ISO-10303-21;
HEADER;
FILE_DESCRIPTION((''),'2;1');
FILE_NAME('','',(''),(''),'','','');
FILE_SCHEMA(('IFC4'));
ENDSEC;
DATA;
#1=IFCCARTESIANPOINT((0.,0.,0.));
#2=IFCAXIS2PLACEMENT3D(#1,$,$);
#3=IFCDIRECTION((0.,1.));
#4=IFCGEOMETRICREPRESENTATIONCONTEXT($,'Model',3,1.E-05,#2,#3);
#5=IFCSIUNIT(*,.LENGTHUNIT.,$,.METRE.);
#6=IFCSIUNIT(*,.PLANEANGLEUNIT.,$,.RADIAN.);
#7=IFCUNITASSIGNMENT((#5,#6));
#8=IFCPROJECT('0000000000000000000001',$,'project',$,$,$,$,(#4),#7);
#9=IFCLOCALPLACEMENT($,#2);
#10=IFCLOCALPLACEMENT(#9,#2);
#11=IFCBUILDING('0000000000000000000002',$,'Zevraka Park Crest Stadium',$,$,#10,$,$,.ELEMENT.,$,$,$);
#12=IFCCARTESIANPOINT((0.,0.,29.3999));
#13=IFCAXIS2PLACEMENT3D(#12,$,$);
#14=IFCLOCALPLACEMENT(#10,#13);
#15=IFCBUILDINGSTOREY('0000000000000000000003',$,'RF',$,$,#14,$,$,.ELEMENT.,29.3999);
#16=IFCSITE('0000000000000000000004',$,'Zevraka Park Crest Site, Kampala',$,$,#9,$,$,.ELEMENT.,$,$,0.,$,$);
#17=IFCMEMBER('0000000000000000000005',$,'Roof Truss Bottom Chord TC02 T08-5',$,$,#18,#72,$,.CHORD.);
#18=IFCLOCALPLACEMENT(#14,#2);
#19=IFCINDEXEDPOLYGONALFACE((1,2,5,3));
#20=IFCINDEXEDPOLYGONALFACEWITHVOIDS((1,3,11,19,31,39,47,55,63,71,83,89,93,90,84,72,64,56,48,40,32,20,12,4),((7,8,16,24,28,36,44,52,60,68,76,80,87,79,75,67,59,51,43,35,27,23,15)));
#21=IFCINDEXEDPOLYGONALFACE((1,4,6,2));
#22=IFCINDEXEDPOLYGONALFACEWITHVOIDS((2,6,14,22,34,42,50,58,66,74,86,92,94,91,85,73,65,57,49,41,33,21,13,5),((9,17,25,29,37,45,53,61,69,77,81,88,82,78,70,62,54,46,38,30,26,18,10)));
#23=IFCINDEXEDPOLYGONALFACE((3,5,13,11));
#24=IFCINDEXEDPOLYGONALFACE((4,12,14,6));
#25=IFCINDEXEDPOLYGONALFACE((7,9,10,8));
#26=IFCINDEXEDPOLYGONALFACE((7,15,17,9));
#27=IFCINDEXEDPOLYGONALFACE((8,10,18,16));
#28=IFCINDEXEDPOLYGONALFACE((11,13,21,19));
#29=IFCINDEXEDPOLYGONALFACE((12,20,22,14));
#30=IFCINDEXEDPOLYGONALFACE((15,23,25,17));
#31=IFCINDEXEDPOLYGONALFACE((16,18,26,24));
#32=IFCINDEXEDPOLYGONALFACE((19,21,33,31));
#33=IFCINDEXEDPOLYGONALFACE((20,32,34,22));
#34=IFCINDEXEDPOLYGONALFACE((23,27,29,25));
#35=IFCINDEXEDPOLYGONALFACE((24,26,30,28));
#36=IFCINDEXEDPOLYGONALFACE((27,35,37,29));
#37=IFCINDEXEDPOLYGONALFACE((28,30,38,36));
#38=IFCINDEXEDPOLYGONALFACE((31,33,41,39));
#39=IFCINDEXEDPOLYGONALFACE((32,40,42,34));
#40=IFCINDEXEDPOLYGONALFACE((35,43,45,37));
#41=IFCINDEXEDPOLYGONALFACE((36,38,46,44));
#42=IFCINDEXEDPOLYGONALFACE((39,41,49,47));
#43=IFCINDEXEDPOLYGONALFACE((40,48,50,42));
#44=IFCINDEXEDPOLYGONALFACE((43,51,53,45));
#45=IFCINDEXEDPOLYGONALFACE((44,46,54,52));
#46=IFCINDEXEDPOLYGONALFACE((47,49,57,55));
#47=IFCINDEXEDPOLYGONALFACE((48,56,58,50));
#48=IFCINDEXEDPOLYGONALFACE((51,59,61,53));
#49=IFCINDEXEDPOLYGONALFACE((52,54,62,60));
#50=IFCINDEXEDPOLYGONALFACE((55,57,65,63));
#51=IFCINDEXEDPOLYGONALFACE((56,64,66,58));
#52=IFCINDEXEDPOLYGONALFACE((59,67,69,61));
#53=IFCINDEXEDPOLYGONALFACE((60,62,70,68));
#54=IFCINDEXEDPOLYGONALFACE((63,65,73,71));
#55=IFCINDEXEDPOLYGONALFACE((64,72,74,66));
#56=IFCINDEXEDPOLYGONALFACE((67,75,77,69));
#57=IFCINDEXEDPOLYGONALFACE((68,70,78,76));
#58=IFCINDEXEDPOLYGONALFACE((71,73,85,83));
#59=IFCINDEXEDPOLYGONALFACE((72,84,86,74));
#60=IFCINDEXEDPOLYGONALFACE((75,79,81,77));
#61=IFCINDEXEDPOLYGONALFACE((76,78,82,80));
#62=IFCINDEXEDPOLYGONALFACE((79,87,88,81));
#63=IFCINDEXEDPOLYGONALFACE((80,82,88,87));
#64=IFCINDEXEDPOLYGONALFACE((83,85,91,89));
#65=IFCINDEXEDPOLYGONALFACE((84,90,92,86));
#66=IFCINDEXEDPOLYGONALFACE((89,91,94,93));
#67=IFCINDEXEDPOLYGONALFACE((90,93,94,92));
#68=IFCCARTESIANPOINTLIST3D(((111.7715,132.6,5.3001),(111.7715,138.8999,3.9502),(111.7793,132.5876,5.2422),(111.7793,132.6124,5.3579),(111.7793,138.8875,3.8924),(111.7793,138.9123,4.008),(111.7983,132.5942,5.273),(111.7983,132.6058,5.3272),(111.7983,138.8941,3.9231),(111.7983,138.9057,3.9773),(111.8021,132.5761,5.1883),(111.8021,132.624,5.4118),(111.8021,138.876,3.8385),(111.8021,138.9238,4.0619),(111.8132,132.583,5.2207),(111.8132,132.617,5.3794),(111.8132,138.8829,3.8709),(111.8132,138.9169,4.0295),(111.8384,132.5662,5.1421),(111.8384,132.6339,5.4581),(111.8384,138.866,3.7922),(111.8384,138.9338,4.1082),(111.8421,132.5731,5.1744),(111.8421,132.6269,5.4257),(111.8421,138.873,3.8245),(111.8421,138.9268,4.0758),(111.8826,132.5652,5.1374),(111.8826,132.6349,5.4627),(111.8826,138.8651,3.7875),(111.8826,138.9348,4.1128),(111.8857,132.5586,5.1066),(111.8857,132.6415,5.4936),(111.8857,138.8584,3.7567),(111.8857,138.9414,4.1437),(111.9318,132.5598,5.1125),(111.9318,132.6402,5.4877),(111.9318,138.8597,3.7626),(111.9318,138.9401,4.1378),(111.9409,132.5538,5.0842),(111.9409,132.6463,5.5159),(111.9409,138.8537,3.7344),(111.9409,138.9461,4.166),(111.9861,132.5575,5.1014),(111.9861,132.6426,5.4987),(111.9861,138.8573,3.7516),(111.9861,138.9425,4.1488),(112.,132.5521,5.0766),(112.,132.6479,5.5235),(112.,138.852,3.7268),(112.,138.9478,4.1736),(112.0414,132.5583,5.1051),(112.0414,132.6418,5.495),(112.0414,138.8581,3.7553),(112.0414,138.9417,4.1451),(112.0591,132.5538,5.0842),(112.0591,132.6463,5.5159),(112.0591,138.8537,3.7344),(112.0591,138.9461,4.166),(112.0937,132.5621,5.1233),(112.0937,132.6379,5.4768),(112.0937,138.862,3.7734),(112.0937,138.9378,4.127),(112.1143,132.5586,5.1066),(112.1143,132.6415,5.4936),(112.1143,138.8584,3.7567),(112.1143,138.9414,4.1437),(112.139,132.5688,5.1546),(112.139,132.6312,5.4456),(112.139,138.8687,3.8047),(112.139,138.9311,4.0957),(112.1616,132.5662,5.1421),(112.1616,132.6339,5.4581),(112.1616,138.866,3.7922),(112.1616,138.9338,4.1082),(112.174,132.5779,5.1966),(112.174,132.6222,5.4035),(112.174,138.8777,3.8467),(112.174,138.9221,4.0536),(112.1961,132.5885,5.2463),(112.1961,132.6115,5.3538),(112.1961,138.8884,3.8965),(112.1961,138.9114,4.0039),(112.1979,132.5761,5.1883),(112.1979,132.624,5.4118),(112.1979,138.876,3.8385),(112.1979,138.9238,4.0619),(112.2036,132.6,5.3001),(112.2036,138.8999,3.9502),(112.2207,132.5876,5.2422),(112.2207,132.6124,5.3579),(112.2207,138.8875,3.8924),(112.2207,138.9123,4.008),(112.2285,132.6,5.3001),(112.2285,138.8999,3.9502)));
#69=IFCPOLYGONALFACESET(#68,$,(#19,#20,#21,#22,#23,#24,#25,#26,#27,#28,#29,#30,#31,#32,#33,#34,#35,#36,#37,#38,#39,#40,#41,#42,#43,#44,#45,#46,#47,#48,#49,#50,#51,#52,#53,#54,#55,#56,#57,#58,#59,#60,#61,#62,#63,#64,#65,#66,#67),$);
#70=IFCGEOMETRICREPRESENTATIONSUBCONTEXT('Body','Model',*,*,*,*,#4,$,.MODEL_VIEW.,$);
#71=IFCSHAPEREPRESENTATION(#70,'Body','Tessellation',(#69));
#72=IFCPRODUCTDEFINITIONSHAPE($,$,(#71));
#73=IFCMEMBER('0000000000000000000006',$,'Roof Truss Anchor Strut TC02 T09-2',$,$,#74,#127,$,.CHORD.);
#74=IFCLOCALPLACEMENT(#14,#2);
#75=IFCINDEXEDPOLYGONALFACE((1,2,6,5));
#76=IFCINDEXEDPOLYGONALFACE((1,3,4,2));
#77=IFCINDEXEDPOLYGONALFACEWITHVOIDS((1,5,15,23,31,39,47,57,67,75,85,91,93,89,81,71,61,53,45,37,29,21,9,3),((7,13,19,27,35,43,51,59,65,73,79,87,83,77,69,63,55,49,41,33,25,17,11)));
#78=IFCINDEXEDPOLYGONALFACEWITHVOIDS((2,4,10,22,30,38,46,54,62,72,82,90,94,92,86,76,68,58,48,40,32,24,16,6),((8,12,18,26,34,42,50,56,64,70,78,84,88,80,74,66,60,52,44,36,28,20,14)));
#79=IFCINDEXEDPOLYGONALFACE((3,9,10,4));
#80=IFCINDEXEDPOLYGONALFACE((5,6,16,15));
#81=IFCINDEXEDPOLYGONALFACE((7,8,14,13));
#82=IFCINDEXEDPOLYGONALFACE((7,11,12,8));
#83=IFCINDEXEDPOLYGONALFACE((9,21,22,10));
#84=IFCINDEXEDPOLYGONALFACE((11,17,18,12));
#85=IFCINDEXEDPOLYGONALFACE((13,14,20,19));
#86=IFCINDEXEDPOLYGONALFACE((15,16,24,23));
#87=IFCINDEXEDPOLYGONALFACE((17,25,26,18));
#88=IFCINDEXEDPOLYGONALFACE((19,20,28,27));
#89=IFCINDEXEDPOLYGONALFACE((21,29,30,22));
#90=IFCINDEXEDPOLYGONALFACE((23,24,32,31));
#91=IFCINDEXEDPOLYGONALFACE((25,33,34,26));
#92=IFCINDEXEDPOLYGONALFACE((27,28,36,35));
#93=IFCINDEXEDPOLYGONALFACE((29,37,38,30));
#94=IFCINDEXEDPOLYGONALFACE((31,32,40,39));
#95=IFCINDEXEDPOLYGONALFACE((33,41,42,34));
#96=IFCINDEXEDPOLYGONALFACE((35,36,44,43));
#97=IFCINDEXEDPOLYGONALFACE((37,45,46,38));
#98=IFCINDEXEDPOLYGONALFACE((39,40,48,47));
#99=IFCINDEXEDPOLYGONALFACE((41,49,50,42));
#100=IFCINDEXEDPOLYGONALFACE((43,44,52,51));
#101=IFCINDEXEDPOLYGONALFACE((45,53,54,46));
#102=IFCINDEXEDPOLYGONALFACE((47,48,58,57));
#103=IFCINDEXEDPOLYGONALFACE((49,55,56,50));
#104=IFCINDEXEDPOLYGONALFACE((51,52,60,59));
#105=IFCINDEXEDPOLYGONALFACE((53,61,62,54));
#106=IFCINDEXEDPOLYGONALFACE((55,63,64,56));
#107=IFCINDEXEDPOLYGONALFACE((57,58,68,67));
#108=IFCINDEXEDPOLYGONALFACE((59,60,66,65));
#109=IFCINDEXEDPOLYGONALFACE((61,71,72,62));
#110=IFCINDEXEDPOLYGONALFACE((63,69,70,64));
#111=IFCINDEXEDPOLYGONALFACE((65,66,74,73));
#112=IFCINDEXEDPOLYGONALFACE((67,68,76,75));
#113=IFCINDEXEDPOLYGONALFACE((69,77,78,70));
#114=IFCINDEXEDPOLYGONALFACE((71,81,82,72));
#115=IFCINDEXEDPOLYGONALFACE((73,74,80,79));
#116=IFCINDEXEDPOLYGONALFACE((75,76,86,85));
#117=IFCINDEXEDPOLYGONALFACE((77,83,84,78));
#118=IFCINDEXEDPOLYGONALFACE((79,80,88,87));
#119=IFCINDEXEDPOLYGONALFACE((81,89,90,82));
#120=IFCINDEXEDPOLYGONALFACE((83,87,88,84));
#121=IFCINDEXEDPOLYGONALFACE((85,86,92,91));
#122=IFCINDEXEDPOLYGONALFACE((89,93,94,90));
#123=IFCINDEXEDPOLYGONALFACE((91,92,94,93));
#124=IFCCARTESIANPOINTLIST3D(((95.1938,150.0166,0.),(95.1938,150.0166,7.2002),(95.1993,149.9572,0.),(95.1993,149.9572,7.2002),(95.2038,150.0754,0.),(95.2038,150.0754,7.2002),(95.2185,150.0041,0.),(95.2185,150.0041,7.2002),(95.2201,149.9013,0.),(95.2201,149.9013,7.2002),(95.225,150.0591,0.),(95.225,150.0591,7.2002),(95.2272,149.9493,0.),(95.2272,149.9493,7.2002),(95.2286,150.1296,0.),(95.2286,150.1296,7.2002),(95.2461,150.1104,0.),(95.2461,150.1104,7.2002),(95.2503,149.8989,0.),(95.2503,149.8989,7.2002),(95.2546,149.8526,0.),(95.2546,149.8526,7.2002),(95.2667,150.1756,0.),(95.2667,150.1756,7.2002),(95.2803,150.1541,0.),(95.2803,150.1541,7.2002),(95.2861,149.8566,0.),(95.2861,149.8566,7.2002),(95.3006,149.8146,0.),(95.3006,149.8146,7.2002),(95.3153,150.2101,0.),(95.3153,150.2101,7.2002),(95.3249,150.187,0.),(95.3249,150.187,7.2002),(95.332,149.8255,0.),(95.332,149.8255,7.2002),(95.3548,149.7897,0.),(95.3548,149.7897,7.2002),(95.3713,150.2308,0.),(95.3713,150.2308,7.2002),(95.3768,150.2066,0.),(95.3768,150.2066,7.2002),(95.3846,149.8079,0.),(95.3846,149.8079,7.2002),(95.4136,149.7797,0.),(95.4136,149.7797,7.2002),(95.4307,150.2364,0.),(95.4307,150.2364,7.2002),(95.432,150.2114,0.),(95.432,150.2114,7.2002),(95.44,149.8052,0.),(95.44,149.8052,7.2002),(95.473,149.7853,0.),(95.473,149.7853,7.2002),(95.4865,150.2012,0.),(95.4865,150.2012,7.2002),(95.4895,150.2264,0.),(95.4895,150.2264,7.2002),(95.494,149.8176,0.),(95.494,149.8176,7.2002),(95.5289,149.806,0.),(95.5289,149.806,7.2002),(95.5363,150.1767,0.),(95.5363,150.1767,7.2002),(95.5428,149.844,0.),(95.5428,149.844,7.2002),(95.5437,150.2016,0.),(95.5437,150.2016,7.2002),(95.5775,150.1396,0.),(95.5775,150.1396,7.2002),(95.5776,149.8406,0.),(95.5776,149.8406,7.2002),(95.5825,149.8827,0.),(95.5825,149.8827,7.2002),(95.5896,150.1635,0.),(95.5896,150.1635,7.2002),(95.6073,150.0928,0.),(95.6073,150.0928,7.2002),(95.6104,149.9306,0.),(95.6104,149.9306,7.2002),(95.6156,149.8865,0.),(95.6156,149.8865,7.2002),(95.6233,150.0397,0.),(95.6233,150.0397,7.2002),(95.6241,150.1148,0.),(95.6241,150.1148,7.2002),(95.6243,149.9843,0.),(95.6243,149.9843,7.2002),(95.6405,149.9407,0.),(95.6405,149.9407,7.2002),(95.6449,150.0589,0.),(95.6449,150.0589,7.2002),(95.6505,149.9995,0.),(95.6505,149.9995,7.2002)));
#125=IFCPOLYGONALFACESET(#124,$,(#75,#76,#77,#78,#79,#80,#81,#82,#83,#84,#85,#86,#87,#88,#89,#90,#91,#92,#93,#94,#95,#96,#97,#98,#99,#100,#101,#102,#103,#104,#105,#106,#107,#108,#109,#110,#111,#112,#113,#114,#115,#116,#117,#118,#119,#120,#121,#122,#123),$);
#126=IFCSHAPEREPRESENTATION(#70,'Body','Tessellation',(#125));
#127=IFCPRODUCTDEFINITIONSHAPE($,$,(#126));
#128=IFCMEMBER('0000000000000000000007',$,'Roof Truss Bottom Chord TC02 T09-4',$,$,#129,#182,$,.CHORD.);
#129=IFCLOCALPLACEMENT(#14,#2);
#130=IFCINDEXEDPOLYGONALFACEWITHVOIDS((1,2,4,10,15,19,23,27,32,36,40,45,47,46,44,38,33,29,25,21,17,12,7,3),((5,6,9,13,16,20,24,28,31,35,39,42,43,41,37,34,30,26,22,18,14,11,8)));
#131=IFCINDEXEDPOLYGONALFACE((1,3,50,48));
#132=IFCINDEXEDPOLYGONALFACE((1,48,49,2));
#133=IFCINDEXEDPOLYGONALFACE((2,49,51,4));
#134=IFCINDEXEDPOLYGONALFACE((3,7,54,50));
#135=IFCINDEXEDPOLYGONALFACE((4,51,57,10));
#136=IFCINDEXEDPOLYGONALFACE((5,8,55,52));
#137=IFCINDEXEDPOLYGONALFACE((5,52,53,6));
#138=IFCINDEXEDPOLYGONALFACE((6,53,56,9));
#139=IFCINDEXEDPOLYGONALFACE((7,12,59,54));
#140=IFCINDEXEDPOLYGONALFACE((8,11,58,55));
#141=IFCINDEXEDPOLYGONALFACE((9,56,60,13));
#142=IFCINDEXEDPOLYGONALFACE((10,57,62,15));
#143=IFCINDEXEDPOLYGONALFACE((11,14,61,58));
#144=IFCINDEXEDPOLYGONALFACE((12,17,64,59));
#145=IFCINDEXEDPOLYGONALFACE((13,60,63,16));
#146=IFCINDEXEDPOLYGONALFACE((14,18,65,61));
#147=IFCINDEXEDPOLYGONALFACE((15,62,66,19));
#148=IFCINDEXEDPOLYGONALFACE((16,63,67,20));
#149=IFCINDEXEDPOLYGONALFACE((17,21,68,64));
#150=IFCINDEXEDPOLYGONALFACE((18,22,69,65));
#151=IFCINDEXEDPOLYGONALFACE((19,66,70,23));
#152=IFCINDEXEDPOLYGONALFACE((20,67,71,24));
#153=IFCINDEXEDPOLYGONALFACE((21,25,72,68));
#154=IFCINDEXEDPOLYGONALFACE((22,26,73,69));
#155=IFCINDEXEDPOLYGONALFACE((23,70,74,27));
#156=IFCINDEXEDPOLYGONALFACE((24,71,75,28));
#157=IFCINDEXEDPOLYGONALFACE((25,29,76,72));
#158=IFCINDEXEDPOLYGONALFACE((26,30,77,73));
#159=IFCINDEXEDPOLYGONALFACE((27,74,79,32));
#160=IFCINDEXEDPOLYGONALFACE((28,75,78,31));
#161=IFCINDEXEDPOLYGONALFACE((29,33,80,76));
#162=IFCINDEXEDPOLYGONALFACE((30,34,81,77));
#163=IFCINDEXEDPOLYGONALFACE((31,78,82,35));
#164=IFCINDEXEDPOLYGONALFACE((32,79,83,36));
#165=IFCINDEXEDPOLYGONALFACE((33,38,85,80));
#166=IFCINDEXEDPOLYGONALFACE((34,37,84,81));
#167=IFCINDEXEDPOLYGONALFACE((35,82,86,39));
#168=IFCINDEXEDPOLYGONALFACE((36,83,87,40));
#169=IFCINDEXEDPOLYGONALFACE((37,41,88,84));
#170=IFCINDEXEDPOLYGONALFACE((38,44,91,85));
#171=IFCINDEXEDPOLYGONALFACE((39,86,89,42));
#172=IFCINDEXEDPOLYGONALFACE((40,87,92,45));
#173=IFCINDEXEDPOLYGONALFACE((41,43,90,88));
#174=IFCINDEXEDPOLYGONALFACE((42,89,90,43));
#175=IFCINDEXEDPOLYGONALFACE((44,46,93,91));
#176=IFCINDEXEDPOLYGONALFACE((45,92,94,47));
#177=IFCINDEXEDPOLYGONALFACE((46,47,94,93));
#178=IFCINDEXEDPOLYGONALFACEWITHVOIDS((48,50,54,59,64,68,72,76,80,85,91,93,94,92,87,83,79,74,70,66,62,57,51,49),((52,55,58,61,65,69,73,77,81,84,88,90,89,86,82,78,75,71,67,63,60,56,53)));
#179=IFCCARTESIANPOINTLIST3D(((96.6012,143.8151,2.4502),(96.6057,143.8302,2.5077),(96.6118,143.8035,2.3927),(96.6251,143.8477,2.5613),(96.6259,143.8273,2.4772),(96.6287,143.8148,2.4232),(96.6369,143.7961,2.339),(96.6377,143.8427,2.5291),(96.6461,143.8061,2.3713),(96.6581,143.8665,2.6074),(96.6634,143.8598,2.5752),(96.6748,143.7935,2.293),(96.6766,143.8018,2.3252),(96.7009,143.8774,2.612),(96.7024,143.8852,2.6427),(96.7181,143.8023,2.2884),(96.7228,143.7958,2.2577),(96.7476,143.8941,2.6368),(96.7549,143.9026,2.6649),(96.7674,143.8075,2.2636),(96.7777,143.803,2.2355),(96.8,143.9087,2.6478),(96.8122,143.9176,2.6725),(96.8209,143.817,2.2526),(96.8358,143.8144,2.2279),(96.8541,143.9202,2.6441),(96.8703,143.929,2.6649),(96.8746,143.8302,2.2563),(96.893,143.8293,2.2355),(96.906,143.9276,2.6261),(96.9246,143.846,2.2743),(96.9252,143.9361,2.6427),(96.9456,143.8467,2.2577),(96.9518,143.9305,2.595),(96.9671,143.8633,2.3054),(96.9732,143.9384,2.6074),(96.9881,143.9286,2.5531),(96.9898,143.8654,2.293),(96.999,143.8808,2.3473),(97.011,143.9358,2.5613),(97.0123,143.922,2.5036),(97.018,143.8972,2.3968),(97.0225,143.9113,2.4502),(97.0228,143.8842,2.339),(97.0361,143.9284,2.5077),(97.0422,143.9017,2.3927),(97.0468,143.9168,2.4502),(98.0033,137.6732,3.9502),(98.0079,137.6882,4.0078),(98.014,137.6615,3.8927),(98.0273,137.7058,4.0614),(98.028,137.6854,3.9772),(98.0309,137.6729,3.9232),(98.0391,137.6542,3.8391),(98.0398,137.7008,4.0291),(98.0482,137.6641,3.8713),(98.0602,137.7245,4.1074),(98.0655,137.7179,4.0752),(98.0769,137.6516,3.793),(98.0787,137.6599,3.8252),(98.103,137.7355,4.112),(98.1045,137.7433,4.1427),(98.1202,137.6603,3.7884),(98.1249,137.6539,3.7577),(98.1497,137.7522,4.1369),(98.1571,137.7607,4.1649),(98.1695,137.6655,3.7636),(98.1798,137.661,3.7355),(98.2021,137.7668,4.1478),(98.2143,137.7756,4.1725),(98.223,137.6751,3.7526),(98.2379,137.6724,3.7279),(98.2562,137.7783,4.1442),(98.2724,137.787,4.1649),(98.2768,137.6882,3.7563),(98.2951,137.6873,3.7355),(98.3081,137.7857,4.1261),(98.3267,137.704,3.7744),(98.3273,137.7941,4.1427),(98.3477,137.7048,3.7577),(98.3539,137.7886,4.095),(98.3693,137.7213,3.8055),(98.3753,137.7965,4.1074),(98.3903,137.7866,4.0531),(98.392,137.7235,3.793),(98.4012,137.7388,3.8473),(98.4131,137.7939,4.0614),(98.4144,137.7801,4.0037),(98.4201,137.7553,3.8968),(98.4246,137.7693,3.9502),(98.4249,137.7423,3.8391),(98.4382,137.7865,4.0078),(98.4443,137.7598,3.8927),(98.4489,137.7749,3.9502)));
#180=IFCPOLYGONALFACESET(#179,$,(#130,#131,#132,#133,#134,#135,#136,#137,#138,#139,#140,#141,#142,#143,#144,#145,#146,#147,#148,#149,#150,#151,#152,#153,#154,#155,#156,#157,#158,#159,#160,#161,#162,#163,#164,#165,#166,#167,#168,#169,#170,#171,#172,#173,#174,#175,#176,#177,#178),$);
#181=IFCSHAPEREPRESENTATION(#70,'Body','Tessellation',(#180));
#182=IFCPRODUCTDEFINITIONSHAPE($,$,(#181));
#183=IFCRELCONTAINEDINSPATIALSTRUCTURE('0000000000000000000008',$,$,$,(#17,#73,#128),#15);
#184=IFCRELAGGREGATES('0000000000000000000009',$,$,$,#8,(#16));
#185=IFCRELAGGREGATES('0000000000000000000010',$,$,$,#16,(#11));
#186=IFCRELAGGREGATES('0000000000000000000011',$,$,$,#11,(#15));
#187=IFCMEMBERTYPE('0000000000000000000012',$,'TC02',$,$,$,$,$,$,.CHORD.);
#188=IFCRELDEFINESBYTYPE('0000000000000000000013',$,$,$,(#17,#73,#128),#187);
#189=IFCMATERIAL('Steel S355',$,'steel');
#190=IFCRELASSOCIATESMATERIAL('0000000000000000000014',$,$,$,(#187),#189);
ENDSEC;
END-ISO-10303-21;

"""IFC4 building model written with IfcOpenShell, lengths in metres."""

from ifc_helpers import new_model, si_unit, direction, frame, origin, origin_2d, place, context, subcontext, project, spatial, hollow_circle, extrude, material, material_profile, profile_set, type_object, element, save


model = new_model("IFC4")

# Units and contexts
model_context = context("Model", 3, precision=1e-05, world=origin(), true_north=direction((0.0, 1.0)))
body_context = subcontext(model_context, "Body", "Model", "MODEL_VIEW")
ifc_project = project(units=[si_unit("LENGTHUNIT", "METRE"), si_unit("PLANEANGLEUNIT", "RADIAN")], contexts=[model_context])

# Site, building, storey
site_placement = place(None, origin())
site = spatial("IfcSite", under=ifc_project, at=site_placement, Name="Zevraka Park Crest Site, Kampala", CompositionType="ELEMENT", RefElevation=0.0)
building_placement = place(site_placement, origin())
building = spatial("IfcBuilding", under=site, at=building_placement, Name="Zevraka Park Crest Stadium", CompositionType="ELEMENT")
storey_placement = place(building_placement, frame((0.0, 0.0, 29.3999)))
storey = spatial("IfcBuildingStorey", under=building, at=storey_placement, Name="RF", CompositionType="ELEMENT", Elevation=29.3999)

# Members
ifc_material_1 = material(Name="Steel S355", Category="steel")
ifc_material_profile_1 = material_profile(ifc_material_1, hollow_circle(Radius=0.2285, WallThickness=0.0249, at=origin_2d()), Name="CHS 457.0x25")
ifc_profile_set_1 = profile_set([ifc_material_profile_1], Name="Steel S355")
member_type_1 = type_object("IfcMemberType", Name="TC02", PredefinedType="CHORD", material=ifc_profile_set_1)
member_1_placement = place(storey_placement, frame((112.0, 138.8999, 3.9502), z_axis=(0.0, -0.977806, 0.209514), x_axis=(1.0, 0.0, 0.0)))
element("IfcMember", 1, at=member_1_placement, inside=storey, type_object=member_type_1, Name="Roof Truss Bottom Chord TC02 T08-5", PredefinedType="CHORD", context=body_context, shape_type="SweptSolid", body=[
    extrude(hollow_circle(Radius=0.2285, WallThickness=0.0249, at=origin_2d()), origin(), (0.0, 0.0, 1.0), 6.4429),
])
member_2_placement = place(storey_placement, frame((95.4221, 150.0081, 0.0), z_axis=(0.0, 0.0, 1.0), x_axis=(-0.22257, 0.974917, 0.0)))
element("IfcMember", 2, at=member_2_placement, inside=storey, type_object=member_type_1, Name="Roof Truss Anchor Strut TC02 T09-2", PredefinedType="CHORD", context=body_context, shape_type="SweptSolid", body=[
    extrude(hollow_circle(Radius=0.2285, WallThickness=0.0249, at=origin_2d()), origin(), (0.0, 0.0, 1.0), 7.2002),
])
member_3_placement = place(storey_placement, frame((96.824, 143.866, 2.4502), z_axis=(0.216508, -0.948406, 0.231626), x_axis=(0.974919, 0.222561, 0.0)))
element("IfcMember", 3, at=member_3_placement, inside=storey, type_object=member_type_1, Name="Roof Truss Bottom Chord TC02 T09-4", PredefinedType="CHORD", context=body_context, shape_type="SweptSolid", body=[
    extrude(hollow_circle(Radius=0.2285, WallThickness=0.0249, at=origin_2d()), origin(), (0.0, 0.0, 1.0), 6.4761),
])

save(model, "model.ifc")
